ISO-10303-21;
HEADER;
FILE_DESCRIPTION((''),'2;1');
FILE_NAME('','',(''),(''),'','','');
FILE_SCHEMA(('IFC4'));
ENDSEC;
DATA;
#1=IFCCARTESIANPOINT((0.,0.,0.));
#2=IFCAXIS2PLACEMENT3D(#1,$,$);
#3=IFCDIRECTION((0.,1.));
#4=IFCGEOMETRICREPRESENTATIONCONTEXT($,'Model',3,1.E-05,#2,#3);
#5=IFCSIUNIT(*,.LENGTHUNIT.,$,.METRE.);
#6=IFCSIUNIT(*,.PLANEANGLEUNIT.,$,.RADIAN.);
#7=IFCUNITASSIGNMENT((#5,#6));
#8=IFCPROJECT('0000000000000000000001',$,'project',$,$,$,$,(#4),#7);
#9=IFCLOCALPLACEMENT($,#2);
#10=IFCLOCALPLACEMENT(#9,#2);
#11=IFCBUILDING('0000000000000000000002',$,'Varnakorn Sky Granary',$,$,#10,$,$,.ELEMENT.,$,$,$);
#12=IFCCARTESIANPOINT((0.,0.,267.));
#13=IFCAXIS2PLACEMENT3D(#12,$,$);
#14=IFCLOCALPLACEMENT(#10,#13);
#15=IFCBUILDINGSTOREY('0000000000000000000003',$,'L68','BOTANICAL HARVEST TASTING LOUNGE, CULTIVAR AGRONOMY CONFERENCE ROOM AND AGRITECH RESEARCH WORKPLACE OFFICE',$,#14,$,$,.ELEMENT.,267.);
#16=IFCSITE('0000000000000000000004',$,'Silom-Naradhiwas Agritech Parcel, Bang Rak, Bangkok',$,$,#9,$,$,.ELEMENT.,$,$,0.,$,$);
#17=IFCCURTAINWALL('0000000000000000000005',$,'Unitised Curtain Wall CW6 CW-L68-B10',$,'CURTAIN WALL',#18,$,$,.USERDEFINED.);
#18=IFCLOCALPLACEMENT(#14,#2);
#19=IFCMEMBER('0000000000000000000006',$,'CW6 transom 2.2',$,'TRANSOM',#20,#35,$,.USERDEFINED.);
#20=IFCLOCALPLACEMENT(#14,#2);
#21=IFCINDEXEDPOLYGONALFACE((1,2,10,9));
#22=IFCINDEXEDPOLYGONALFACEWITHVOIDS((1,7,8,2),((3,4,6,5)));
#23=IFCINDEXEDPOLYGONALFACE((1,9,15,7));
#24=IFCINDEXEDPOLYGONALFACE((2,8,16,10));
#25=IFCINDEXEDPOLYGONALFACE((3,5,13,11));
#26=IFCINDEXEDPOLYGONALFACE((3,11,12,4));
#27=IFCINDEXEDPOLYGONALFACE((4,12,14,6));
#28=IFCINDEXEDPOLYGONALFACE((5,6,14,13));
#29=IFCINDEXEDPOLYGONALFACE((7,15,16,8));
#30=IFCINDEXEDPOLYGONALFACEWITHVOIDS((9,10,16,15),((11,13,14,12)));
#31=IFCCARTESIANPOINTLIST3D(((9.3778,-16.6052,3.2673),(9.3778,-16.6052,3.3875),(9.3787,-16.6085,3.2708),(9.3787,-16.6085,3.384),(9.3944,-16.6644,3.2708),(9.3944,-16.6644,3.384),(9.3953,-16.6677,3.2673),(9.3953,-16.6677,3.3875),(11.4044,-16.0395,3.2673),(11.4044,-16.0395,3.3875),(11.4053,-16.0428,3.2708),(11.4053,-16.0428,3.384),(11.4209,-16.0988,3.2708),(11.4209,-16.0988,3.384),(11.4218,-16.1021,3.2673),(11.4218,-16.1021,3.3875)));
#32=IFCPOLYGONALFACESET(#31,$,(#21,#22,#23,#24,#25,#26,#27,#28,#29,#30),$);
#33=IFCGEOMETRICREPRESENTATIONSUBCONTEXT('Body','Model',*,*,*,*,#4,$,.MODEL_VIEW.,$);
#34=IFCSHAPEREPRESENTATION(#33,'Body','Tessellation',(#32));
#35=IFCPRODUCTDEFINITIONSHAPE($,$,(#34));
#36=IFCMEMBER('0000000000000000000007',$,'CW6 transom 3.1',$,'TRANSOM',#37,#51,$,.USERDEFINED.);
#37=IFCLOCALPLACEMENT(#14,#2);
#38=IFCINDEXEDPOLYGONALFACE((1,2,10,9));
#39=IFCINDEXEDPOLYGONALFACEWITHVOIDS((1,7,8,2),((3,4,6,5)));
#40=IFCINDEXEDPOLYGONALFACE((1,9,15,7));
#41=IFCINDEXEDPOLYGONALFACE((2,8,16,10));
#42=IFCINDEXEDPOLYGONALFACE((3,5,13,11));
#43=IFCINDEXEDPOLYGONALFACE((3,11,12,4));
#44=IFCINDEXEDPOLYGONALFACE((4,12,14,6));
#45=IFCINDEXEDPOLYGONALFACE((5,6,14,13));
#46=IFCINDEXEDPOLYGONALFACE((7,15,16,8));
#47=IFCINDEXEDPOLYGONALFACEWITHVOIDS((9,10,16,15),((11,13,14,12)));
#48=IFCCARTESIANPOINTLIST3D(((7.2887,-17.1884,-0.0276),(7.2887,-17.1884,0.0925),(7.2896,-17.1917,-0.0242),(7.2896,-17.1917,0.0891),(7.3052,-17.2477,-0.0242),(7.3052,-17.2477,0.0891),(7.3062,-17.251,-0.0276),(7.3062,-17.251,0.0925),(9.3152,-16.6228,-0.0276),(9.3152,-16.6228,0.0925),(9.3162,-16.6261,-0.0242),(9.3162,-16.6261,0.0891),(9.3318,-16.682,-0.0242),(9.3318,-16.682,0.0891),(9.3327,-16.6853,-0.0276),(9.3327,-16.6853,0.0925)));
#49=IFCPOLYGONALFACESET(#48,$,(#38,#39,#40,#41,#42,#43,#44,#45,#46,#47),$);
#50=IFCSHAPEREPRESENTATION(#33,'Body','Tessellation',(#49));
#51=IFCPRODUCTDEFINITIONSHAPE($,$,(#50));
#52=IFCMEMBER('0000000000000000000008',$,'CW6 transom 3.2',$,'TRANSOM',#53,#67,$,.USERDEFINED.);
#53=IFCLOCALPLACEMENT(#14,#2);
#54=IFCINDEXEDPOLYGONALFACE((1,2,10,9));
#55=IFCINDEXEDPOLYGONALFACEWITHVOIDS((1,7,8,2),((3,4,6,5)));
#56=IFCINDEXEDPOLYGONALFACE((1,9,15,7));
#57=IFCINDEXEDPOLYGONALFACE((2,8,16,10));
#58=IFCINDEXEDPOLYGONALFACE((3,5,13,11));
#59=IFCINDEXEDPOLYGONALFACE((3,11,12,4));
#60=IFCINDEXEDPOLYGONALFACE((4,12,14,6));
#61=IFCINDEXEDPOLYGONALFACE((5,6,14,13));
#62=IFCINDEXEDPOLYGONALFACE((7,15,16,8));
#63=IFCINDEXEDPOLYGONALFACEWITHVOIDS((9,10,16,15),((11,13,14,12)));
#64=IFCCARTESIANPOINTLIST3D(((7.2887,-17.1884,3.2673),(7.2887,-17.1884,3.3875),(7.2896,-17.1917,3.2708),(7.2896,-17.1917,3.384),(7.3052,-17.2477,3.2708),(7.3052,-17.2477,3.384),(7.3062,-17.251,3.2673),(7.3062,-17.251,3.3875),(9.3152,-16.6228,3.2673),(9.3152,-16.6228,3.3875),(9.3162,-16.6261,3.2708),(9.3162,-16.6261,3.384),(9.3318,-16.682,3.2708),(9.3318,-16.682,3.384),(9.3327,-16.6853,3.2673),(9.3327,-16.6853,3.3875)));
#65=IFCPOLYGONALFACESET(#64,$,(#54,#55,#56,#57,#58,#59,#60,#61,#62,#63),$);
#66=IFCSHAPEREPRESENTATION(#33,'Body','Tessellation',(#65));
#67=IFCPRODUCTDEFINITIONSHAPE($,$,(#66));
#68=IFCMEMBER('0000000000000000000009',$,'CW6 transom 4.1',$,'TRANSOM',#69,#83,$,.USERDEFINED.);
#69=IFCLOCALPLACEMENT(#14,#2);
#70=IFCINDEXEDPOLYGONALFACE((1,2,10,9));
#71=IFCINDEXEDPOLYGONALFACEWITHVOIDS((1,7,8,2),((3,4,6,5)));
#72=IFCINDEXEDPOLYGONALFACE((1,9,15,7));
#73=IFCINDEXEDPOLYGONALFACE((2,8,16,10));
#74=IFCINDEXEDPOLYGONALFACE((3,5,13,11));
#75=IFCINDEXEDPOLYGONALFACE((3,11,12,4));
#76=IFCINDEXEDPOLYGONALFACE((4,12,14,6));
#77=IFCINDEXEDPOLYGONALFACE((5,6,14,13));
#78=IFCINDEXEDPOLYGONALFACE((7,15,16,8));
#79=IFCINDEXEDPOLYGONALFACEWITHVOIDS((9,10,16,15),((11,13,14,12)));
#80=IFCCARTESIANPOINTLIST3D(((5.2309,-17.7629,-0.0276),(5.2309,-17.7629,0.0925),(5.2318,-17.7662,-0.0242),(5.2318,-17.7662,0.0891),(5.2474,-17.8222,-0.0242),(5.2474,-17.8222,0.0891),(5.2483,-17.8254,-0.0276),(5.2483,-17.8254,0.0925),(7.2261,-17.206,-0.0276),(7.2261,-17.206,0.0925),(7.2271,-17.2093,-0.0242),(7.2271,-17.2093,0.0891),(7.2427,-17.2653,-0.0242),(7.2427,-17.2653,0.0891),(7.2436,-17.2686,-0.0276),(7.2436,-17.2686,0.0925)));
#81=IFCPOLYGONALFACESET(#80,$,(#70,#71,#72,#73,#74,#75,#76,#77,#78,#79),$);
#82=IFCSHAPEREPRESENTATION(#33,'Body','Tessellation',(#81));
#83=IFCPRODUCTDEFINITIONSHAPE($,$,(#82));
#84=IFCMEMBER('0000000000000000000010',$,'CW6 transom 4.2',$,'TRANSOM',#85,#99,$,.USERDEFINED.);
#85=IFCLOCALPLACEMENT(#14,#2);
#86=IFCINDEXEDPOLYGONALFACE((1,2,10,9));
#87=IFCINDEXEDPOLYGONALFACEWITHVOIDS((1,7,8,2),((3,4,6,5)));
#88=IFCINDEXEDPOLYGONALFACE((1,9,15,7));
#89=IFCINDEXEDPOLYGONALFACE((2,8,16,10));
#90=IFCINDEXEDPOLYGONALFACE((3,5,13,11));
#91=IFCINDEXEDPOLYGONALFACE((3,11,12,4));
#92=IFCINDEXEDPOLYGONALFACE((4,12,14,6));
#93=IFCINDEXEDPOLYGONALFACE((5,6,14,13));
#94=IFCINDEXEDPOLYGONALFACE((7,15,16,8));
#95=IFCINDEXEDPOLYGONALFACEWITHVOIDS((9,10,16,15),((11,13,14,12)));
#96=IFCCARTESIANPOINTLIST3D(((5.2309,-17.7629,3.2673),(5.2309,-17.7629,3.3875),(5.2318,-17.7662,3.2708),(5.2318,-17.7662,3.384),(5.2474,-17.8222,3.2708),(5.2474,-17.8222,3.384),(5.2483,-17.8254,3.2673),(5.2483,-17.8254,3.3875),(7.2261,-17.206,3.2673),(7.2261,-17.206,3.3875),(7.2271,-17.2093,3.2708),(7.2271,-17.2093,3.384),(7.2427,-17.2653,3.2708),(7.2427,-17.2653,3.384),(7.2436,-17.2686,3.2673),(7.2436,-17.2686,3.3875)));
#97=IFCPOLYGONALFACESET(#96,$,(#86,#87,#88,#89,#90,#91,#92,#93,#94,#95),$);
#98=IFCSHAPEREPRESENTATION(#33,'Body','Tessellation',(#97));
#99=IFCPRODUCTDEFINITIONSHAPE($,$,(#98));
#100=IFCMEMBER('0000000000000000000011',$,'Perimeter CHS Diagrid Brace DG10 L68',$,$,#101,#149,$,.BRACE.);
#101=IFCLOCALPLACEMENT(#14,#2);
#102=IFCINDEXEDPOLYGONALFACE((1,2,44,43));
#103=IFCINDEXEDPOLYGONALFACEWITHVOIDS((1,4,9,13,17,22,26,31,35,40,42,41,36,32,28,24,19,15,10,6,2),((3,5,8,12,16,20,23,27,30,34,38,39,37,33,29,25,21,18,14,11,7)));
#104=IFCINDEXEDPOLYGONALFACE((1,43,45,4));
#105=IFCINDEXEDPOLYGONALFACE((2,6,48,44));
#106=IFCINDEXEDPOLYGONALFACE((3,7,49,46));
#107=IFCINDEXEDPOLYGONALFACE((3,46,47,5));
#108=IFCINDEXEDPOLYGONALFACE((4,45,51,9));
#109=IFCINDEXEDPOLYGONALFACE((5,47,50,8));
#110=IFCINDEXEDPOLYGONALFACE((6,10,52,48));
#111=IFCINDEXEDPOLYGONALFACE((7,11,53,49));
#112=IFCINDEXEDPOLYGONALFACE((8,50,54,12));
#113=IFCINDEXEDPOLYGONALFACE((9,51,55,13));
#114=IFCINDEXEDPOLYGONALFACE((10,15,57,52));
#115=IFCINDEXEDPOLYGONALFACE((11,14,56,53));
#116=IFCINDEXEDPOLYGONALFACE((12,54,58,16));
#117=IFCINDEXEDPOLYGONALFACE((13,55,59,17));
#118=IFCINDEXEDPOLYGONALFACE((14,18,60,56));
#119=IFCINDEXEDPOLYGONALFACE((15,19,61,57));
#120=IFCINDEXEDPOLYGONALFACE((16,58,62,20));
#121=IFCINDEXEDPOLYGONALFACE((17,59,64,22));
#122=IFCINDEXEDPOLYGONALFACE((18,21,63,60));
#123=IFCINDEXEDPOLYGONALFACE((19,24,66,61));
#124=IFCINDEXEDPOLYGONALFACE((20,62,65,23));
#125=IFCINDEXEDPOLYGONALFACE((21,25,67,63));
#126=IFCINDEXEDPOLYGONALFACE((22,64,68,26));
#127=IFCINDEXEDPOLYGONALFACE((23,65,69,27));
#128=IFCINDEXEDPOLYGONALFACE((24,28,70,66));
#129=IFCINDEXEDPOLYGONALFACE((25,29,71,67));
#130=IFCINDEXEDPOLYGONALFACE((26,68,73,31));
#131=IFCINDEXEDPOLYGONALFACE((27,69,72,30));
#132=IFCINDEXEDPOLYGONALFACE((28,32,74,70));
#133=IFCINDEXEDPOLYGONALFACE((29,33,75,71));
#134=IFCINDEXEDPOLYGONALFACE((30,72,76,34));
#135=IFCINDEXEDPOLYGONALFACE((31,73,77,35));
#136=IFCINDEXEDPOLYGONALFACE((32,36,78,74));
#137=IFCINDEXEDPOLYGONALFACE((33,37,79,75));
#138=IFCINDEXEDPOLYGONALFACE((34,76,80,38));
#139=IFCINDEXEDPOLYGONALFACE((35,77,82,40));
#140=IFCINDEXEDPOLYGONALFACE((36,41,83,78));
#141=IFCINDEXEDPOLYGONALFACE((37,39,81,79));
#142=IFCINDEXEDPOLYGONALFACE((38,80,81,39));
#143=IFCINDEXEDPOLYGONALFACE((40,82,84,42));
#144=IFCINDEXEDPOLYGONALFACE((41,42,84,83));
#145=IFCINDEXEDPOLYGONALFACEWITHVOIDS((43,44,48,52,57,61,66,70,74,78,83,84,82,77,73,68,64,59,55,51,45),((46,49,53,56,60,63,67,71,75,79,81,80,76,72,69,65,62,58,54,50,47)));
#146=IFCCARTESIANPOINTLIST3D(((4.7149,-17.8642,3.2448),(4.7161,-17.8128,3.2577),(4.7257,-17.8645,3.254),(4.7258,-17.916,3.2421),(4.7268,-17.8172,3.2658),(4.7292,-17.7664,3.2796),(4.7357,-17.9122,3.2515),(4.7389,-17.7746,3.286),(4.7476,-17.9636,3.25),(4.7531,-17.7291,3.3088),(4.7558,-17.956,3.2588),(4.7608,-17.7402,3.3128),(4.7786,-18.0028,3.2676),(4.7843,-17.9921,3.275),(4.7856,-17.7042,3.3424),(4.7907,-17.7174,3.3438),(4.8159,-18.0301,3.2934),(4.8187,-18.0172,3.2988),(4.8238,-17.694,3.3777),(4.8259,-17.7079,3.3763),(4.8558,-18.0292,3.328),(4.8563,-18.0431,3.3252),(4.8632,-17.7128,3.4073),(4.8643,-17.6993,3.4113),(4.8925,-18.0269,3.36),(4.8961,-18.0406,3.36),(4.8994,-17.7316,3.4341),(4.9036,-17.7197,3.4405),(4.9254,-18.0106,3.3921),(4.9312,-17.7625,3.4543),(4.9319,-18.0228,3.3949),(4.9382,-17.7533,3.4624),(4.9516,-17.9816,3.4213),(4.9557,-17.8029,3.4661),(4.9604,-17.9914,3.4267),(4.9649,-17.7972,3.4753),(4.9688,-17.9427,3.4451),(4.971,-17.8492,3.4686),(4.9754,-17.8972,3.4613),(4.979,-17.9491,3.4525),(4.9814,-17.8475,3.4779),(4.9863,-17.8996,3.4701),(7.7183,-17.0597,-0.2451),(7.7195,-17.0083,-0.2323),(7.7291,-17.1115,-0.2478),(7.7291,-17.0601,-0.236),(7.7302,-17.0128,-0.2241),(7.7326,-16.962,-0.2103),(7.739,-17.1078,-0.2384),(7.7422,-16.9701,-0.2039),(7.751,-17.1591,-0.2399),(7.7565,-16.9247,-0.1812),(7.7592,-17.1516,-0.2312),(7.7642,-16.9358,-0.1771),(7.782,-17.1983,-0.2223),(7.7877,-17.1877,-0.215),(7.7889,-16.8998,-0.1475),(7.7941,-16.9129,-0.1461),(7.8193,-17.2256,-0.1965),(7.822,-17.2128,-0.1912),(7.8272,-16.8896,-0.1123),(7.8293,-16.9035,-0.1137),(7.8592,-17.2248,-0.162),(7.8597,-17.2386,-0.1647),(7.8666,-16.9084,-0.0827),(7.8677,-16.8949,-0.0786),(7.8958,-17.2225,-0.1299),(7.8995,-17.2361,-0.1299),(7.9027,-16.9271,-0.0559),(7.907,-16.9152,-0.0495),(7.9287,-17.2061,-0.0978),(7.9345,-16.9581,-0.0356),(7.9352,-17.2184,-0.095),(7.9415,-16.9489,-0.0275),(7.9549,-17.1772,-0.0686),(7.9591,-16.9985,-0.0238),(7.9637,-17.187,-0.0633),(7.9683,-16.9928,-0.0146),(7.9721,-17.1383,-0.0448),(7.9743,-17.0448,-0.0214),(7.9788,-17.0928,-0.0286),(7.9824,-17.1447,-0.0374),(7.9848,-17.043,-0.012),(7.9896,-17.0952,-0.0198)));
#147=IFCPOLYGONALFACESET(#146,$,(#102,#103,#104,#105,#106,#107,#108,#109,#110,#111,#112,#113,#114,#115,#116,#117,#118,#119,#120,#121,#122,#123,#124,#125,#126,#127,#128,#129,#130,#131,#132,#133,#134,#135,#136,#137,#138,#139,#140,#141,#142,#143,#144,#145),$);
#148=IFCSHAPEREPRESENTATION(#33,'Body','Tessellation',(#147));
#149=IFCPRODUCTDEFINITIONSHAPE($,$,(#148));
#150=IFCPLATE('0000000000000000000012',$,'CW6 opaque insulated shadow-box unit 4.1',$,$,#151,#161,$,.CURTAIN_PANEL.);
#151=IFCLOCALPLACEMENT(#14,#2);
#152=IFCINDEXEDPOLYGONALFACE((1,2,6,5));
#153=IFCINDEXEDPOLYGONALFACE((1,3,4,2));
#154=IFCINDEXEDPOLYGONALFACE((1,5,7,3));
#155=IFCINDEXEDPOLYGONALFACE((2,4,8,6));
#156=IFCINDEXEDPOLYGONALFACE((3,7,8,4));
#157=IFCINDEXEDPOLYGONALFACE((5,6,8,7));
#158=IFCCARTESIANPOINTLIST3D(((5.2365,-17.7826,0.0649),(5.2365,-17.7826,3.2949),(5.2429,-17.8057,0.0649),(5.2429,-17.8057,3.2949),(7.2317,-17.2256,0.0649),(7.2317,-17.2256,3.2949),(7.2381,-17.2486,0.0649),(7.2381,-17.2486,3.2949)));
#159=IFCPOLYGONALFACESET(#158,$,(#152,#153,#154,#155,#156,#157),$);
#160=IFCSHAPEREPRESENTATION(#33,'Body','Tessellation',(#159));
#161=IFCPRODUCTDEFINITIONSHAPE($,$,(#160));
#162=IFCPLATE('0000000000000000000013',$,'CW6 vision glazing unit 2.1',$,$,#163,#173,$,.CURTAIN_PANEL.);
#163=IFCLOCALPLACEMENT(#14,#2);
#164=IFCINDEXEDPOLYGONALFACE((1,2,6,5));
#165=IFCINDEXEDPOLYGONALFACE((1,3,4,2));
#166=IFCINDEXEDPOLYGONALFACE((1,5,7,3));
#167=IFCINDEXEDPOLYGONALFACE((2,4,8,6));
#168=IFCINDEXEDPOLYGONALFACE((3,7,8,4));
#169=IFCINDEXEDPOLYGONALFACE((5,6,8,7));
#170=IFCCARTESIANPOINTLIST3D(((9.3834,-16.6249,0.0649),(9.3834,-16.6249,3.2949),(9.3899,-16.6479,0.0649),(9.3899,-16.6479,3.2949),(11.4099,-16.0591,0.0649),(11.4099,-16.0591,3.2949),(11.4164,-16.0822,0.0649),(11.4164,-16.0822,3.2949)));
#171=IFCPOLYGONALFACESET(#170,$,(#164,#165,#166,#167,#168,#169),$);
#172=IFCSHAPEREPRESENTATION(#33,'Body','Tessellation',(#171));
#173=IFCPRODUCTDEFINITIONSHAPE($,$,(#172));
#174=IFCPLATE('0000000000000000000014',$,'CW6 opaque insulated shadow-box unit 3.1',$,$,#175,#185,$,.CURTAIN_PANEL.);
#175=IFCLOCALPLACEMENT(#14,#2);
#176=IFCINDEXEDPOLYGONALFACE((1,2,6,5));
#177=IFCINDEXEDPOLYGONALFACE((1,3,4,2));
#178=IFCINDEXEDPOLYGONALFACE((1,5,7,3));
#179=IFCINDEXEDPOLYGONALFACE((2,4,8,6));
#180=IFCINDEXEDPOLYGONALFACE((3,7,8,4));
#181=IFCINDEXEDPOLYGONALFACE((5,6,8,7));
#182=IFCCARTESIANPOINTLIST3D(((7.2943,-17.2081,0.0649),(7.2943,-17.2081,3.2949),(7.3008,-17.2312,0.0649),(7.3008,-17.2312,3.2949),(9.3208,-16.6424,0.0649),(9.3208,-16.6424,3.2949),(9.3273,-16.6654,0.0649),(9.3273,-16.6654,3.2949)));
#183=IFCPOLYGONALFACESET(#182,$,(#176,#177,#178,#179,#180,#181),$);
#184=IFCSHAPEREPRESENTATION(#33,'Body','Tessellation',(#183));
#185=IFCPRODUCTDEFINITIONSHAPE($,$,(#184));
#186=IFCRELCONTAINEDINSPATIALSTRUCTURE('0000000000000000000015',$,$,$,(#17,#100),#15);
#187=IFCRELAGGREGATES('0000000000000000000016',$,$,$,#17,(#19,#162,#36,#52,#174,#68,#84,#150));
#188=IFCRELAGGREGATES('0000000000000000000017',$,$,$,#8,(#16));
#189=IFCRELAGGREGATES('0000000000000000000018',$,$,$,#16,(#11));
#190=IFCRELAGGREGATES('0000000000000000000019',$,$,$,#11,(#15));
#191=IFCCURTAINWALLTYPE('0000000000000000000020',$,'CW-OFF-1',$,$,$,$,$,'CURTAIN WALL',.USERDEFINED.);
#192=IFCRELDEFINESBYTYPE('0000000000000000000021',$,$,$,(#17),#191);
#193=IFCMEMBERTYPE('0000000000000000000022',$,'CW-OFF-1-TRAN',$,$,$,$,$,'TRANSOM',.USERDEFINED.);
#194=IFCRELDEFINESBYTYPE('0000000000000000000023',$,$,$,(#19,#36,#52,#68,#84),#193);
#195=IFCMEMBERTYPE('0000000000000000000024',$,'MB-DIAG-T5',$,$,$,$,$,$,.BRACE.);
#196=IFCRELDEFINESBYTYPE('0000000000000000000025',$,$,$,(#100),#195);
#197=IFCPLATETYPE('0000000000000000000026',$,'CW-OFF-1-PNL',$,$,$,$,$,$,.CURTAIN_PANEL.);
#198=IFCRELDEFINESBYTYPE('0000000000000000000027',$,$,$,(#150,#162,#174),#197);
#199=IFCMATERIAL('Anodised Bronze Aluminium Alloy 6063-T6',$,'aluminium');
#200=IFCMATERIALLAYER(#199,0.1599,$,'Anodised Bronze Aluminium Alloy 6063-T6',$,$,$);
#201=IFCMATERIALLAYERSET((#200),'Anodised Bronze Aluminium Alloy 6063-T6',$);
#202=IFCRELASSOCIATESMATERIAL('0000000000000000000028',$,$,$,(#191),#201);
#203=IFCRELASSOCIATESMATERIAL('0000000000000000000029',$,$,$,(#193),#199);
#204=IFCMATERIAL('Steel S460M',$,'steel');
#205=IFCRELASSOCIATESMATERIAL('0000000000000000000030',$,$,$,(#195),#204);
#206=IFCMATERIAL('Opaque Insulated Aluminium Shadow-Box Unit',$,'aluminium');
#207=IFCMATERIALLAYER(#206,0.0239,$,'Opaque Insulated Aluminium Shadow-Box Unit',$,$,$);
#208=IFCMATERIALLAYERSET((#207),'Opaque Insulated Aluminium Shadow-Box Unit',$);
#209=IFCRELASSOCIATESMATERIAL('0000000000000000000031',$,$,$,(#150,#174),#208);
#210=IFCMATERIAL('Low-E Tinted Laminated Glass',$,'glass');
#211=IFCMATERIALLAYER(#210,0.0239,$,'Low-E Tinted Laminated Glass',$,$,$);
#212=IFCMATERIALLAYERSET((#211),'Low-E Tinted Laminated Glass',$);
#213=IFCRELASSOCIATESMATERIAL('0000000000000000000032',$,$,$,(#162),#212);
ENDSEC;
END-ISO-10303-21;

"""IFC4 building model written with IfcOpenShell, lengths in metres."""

from ifc_helpers import new_model, si_unit, direction, frame, origin, origin_2d, place, context, subcontext, project, spatial, rectangle, hollow_rectangle, hollow_circle, extrude, source, transform, mapped, material, layer, layer_set, material_profile, profile_set, type_object, type_shapes, element, aggregate, save


model = new_model("IFC4")

# Units and contexts
model_context = context("Model", 3, precision=1e-05, world=origin(), true_north=direction((0.0, 1.0)))
body_context = subcontext(model_context, "Body", "Model", "MODEL_VIEW")
ifc_project = project(units=[si_unit("LENGTHUNIT", "METRE"), si_unit("PLANEANGLEUNIT", "RADIAN")], contexts=[model_context])

# Site, building, storey
site_placement = place(None, origin())
site = spatial("IfcSite", under=ifc_project, at=site_placement, Name="Silom-Naradhiwas Agritech Parcel, Bang Rak, Bangkok", CompositionType="ELEMENT", RefElevation=0.0)
building_placement = place(site_placement, origin())
building = spatial("IfcBuilding", under=site, at=building_placement, Name="Varnakorn Sky Granary", CompositionType="ELEMENT")
storey_placement = place(building_placement, frame((0.0, 0.0, 267.0)))
storey = spatial("IfcBuildingStorey", under=building, at=storey_placement, Name="L68", Description="BOTANICAL HARVEST TASTING LOUNGE, CULTIVAR AGRONOMY CONFERENCE ROOM AND AGRITECH RESEARCH WORKPLACE OFFICE", CompositionType="ELEMENT", Elevation=267.0)

# Shared definitions
ifc_material_1 = material(Name="Steel S460M", Category="steel")

# Curtain wall, members
ifc_material_2 = material(Name="Anodised Bronze Aluminium Alloy 6063-T6", Category="aluminium")
ifc_layer_1 = layer(ifc_material_2, 0.1599, Name="Anodised Bronze Aluminium Alloy 6063-T6")
ifc_layer_set_1 = layer_set([ifc_layer_1], Name="Anodised Bronze Aluminium Alloy 6063-T6")
curtain_wall_type = type_object("IfcCurtainWallType", Name="CW-OFF-1", ElementType="CURTAIN WALL", PredefinedType="USERDEFINED", material=ifc_layer_set_1)
curtain_wall_placement = place(storey_placement, origin())
curtain_wall = element("IfcCurtainWall", 1, at=curtain_wall_placement, inside=storey, type_object=curtain_wall_type, Name="Unitised Curtain Wall CW6 CW-L68-B10", ObjectType="CURTAIN WALL", PredefinedType="USERDEFINED")
ifc_material_profile_1 = material_profile(ifc_material_2, hollow_rectangle(XDim=0.0649, YDim=0.1201, WallThickness=0.0034, at=origin_2d()), Name="ALU TRAN 65x120")
ifc_profile_set_1 = profile_set([ifc_material_profile_1], Name="Anodised Bronze Aluminium Alloy 6063-T6")
member_type_1 = type_object("IfcMemberType", Name="CW-OFF-1-TRAN", ElementType="TRANSOM", PredefinedType="USERDEFINED", material=ifc_profile_set_1)
member_1_placement = place(storey_placement, frame((11.4131, -16.0708, 3.3274), z_axis=(-0.963183, -0.268847, 0.0), x_axis=(0.268847, -0.963183, 0.0)))
member_1 = element("IfcMember", 2, at=member_1_placement, type_object=member_type_1, Name="CW6 transom 2.2", ObjectType="TRANSOM", PredefinedType="USERDEFINED", context=body_context, shape_type="SweptSolid", body=[
    extrude(hollow_rectangle(XDim=0.0649, YDim=0.1201, WallThickness=0.0034, at=origin_2d()), origin(), (0.0, 0.0, 1.0), 2.104),
])
member_2_placement = place(storey_placement, frame((9.324, -16.6541, 0.0325), z_axis=(-0.963183, -0.268847, 0.0), x_axis=(0.268847, -0.963183, 0.0)))
member_2 = element("IfcMember", 3, at=member_2_placement, type_object=member_type_1, Name="CW6 transom 3.1", ObjectType="TRANSOM", PredefinedType="USERDEFINED", context=body_context, shape_type="SweptSolid", body=[
    extrude(hollow_rectangle(XDim=0.0649, YDim=0.1201, WallThickness=0.0034, at=origin_2d()), origin(), (0.0, 0.0, 1.0), 2.104),
])
member_3_placement = place(storey_placement, frame((9.324, -16.6541, 3.3274), z_axis=(-0.963183, -0.268847, 0.0), x_axis=(0.268847, -0.963183, 0.0)))
member_3 = element("IfcMember", 4, at=member_3_placement, type_object=member_type_1, Name="CW6 transom 3.2", ObjectType="TRANSOM", PredefinedType="USERDEFINED", context=body_context, shape_type="SweptSolid", body=[
    extrude(hollow_rectangle(XDim=0.0649, YDim=0.1201, WallThickness=0.0034, at=origin_2d()), origin(), (0.0, 0.0, 1.0), 2.104),
])
member_4_placement = place(storey_placement, frame((7.2349, -17.2373, 0.0325), z_axis=(-0.963191, -0.268817, 0.0), x_axis=(0.268817, -0.963191, 0.0)))
member_4 = element("IfcMember", 5, at=member_4_placement, type_object=member_type_1, Name="CW6 transom 4.1", ObjectType="TRANSOM", PredefinedType="USERDEFINED", context=body_context, shape_type="SweptSolid", body=[
    extrude(hollow_rectangle(XDim=0.0649, YDim=0.1201, WallThickness=0.0034, at=origin_2d()), origin(), (0.0, 0.0, 1.0), 2.0715),
])
member_5_placement = place(storey_placement, frame((7.2349, -17.2373, 3.3274), z_axis=(-0.963191, -0.268817, 0.0), x_axis=(0.268817, -0.963191, 0.0)))
member_5 = element("IfcMember", 6, at=member_5_placement, type_object=member_type_1, Name="CW6 transom 4.2", ObjectType="TRANSOM", PredefinedType="USERDEFINED", context=body_context, shape_type="SweptSolid", body=[
    extrude(hollow_rectangle(XDim=0.0649, YDim=0.1201, WallThickness=0.0034, at=origin_2d()), origin(), (0.0, 0.0, 1.0), 2.0715),
])

# Member
ifc_material_profile_2 = material_profile(ifc_material_1, hollow_circle(Radius=0.1777, WallThickness=0.0142, at=origin_2d()), Name="CHS 355.6x14")
ifc_profile_set_2 = profile_set([ifc_material_profile_2], Name="Steel S460M")
member_type_2 = type_object("IfcMemberType", Name="MB-DIAG-T5", PredefinedType="BRACE", material=ifc_profile_set_2)
member_6_placement = place(storey_placement, frame((7.8535, -17.0645, -0.1299), z_axis=(-0.642559, -0.172105, 0.746658), x_axis=(0.258723, -0.965952, 0.0)))
element("IfcMember", 7, at=member_6_placement, inside=storey, type_object=member_type_2, Name="Perimeter CHS Diagrid Brace DG10 L68", PredefinedType="BRACE", context=body_context, shape_type="SweptSolid", body=[
    extrude(hollow_circle(Radius=0.1777, WallThickness=0.0142, at=origin_2d()), origin(), (0.0, 0.0, 1.0), 4.6741),
])

# Plates
ifc_material_3 = material(Name="Opaque Insulated Aluminium Shadow-Box Unit", Category="aluminium")
ifc_layer_2 = layer(ifc_material_3, 0.0239, Name="Opaque Insulated Aluminium Shadow-Box Unit")
ifc_layer_set_2 = layer_set([ifc_layer_2], Name="Opaque Insulated Aluminium Shadow-Box Unit")
plate_type = type_object("IfcPlateType", Name="CW-OFF-1-PNL", PredefinedType="CURTAIN_PANEL")
shared_shape_1 = source(origin(), body_context, "Body", "SweptSolid", [
    extrude(rectangle(XDim=2.0715, YDim=0.0239, at=origin_2d()), origin(), (0.0, 0.0, 1.0), 3.23),
])
plate_1_placement = place(storey_placement, frame((6.2373, -17.5156, 0.0649), z_axis=(0.0, 0.0, 1.0), x_axis=(-0.963171, -0.26889, 0.0)))
plate_1 = element("IfcPlate", 8, at=plate_1_placement, type_object=plate_type, material=ifc_layer_set_2, Name="CW6 opaque insulated shadow-box unit 4.1", PredefinedType="CURTAIN_PANEL", context=body_context, shape_type="MappedRepresentation", body=[
    mapped(shared_shape_1, transform((0.0, 0.0, 0.0), x_axis=(1.0, 0.0, 0.0), y_axis=(0.0, 1.0, 0.0), z_axis=(0.0, 0.0, 1.0), scale=1.0)),
])
ifc_material_4 = material(Name="Low-E Tinted Laminated Glass", Category="glass")
ifc_layer_3 = layer(ifc_material_4, 0.0239, Name="Low-E Tinted Laminated Glass")
ifc_layer_set_3 = layer_set([ifc_layer_3], Name="Low-E Tinted Laminated Glass")
shared_shape_2 = source(origin(), body_context, "Body", "SweptSolid", [
    extrude(rectangle(XDim=2.104, YDim=0.0239, at=origin_2d()), origin(), (0.0, 0.0, 1.0), 3.23),
])
type_shapes(plate_type, [shared_shape_1, shared_shape_2])
plate_2_placement = place(storey_placement, frame((10.3999, -16.3535, 0.0649), z_axis=(0.0, 0.0, 1.0), x_axis=(-0.963171, -0.26889, 0.0)))
plate_2 = element("IfcPlate", 9, at=plate_2_placement, type_object=plate_type, material=ifc_layer_set_3, Name="CW6 vision glazing unit 2.1", PredefinedType="CURTAIN_PANEL", context=body_context, shape_type="MappedRepresentation", body=[
    mapped(shared_shape_2, transform((0.0, 0.0, 0.0), x_axis=(1.0, 0.0, 0.0), y_axis=(0.0, 1.0, 0.0), z_axis=(0.0, 0.0, 1.0), scale=1.0)),
])
plate_3_placement = place(storey_placement, frame((8.3108, -16.9368, 0.0649), z_axis=(0.0, 0.0, 1.0), x_axis=(-0.963171, -0.26889, 0.0)))
plate_3 = element("IfcPlate", 10, at=plate_3_placement, type_object=plate_type, material=ifc_layer_set_2, Name="CW6 opaque insulated shadow-box unit 3.1", PredefinedType="CURTAIN_PANEL", context=body_context, shape_type="MappedRepresentation", body=[
    mapped(shared_shape_2, transform((0.0, 0.0, 0.0), x_axis=(1.0, 0.0, 0.0), y_axis=(0.0, 1.0, 0.0), z_axis=(0.0, 0.0, 1.0), scale=1.0)),
])
aggregate(curtain_wall, [member_1, plate_2, member_2, member_3, plate_3, member_4, member_5, plate_1])

save(model, "model.ifc")
